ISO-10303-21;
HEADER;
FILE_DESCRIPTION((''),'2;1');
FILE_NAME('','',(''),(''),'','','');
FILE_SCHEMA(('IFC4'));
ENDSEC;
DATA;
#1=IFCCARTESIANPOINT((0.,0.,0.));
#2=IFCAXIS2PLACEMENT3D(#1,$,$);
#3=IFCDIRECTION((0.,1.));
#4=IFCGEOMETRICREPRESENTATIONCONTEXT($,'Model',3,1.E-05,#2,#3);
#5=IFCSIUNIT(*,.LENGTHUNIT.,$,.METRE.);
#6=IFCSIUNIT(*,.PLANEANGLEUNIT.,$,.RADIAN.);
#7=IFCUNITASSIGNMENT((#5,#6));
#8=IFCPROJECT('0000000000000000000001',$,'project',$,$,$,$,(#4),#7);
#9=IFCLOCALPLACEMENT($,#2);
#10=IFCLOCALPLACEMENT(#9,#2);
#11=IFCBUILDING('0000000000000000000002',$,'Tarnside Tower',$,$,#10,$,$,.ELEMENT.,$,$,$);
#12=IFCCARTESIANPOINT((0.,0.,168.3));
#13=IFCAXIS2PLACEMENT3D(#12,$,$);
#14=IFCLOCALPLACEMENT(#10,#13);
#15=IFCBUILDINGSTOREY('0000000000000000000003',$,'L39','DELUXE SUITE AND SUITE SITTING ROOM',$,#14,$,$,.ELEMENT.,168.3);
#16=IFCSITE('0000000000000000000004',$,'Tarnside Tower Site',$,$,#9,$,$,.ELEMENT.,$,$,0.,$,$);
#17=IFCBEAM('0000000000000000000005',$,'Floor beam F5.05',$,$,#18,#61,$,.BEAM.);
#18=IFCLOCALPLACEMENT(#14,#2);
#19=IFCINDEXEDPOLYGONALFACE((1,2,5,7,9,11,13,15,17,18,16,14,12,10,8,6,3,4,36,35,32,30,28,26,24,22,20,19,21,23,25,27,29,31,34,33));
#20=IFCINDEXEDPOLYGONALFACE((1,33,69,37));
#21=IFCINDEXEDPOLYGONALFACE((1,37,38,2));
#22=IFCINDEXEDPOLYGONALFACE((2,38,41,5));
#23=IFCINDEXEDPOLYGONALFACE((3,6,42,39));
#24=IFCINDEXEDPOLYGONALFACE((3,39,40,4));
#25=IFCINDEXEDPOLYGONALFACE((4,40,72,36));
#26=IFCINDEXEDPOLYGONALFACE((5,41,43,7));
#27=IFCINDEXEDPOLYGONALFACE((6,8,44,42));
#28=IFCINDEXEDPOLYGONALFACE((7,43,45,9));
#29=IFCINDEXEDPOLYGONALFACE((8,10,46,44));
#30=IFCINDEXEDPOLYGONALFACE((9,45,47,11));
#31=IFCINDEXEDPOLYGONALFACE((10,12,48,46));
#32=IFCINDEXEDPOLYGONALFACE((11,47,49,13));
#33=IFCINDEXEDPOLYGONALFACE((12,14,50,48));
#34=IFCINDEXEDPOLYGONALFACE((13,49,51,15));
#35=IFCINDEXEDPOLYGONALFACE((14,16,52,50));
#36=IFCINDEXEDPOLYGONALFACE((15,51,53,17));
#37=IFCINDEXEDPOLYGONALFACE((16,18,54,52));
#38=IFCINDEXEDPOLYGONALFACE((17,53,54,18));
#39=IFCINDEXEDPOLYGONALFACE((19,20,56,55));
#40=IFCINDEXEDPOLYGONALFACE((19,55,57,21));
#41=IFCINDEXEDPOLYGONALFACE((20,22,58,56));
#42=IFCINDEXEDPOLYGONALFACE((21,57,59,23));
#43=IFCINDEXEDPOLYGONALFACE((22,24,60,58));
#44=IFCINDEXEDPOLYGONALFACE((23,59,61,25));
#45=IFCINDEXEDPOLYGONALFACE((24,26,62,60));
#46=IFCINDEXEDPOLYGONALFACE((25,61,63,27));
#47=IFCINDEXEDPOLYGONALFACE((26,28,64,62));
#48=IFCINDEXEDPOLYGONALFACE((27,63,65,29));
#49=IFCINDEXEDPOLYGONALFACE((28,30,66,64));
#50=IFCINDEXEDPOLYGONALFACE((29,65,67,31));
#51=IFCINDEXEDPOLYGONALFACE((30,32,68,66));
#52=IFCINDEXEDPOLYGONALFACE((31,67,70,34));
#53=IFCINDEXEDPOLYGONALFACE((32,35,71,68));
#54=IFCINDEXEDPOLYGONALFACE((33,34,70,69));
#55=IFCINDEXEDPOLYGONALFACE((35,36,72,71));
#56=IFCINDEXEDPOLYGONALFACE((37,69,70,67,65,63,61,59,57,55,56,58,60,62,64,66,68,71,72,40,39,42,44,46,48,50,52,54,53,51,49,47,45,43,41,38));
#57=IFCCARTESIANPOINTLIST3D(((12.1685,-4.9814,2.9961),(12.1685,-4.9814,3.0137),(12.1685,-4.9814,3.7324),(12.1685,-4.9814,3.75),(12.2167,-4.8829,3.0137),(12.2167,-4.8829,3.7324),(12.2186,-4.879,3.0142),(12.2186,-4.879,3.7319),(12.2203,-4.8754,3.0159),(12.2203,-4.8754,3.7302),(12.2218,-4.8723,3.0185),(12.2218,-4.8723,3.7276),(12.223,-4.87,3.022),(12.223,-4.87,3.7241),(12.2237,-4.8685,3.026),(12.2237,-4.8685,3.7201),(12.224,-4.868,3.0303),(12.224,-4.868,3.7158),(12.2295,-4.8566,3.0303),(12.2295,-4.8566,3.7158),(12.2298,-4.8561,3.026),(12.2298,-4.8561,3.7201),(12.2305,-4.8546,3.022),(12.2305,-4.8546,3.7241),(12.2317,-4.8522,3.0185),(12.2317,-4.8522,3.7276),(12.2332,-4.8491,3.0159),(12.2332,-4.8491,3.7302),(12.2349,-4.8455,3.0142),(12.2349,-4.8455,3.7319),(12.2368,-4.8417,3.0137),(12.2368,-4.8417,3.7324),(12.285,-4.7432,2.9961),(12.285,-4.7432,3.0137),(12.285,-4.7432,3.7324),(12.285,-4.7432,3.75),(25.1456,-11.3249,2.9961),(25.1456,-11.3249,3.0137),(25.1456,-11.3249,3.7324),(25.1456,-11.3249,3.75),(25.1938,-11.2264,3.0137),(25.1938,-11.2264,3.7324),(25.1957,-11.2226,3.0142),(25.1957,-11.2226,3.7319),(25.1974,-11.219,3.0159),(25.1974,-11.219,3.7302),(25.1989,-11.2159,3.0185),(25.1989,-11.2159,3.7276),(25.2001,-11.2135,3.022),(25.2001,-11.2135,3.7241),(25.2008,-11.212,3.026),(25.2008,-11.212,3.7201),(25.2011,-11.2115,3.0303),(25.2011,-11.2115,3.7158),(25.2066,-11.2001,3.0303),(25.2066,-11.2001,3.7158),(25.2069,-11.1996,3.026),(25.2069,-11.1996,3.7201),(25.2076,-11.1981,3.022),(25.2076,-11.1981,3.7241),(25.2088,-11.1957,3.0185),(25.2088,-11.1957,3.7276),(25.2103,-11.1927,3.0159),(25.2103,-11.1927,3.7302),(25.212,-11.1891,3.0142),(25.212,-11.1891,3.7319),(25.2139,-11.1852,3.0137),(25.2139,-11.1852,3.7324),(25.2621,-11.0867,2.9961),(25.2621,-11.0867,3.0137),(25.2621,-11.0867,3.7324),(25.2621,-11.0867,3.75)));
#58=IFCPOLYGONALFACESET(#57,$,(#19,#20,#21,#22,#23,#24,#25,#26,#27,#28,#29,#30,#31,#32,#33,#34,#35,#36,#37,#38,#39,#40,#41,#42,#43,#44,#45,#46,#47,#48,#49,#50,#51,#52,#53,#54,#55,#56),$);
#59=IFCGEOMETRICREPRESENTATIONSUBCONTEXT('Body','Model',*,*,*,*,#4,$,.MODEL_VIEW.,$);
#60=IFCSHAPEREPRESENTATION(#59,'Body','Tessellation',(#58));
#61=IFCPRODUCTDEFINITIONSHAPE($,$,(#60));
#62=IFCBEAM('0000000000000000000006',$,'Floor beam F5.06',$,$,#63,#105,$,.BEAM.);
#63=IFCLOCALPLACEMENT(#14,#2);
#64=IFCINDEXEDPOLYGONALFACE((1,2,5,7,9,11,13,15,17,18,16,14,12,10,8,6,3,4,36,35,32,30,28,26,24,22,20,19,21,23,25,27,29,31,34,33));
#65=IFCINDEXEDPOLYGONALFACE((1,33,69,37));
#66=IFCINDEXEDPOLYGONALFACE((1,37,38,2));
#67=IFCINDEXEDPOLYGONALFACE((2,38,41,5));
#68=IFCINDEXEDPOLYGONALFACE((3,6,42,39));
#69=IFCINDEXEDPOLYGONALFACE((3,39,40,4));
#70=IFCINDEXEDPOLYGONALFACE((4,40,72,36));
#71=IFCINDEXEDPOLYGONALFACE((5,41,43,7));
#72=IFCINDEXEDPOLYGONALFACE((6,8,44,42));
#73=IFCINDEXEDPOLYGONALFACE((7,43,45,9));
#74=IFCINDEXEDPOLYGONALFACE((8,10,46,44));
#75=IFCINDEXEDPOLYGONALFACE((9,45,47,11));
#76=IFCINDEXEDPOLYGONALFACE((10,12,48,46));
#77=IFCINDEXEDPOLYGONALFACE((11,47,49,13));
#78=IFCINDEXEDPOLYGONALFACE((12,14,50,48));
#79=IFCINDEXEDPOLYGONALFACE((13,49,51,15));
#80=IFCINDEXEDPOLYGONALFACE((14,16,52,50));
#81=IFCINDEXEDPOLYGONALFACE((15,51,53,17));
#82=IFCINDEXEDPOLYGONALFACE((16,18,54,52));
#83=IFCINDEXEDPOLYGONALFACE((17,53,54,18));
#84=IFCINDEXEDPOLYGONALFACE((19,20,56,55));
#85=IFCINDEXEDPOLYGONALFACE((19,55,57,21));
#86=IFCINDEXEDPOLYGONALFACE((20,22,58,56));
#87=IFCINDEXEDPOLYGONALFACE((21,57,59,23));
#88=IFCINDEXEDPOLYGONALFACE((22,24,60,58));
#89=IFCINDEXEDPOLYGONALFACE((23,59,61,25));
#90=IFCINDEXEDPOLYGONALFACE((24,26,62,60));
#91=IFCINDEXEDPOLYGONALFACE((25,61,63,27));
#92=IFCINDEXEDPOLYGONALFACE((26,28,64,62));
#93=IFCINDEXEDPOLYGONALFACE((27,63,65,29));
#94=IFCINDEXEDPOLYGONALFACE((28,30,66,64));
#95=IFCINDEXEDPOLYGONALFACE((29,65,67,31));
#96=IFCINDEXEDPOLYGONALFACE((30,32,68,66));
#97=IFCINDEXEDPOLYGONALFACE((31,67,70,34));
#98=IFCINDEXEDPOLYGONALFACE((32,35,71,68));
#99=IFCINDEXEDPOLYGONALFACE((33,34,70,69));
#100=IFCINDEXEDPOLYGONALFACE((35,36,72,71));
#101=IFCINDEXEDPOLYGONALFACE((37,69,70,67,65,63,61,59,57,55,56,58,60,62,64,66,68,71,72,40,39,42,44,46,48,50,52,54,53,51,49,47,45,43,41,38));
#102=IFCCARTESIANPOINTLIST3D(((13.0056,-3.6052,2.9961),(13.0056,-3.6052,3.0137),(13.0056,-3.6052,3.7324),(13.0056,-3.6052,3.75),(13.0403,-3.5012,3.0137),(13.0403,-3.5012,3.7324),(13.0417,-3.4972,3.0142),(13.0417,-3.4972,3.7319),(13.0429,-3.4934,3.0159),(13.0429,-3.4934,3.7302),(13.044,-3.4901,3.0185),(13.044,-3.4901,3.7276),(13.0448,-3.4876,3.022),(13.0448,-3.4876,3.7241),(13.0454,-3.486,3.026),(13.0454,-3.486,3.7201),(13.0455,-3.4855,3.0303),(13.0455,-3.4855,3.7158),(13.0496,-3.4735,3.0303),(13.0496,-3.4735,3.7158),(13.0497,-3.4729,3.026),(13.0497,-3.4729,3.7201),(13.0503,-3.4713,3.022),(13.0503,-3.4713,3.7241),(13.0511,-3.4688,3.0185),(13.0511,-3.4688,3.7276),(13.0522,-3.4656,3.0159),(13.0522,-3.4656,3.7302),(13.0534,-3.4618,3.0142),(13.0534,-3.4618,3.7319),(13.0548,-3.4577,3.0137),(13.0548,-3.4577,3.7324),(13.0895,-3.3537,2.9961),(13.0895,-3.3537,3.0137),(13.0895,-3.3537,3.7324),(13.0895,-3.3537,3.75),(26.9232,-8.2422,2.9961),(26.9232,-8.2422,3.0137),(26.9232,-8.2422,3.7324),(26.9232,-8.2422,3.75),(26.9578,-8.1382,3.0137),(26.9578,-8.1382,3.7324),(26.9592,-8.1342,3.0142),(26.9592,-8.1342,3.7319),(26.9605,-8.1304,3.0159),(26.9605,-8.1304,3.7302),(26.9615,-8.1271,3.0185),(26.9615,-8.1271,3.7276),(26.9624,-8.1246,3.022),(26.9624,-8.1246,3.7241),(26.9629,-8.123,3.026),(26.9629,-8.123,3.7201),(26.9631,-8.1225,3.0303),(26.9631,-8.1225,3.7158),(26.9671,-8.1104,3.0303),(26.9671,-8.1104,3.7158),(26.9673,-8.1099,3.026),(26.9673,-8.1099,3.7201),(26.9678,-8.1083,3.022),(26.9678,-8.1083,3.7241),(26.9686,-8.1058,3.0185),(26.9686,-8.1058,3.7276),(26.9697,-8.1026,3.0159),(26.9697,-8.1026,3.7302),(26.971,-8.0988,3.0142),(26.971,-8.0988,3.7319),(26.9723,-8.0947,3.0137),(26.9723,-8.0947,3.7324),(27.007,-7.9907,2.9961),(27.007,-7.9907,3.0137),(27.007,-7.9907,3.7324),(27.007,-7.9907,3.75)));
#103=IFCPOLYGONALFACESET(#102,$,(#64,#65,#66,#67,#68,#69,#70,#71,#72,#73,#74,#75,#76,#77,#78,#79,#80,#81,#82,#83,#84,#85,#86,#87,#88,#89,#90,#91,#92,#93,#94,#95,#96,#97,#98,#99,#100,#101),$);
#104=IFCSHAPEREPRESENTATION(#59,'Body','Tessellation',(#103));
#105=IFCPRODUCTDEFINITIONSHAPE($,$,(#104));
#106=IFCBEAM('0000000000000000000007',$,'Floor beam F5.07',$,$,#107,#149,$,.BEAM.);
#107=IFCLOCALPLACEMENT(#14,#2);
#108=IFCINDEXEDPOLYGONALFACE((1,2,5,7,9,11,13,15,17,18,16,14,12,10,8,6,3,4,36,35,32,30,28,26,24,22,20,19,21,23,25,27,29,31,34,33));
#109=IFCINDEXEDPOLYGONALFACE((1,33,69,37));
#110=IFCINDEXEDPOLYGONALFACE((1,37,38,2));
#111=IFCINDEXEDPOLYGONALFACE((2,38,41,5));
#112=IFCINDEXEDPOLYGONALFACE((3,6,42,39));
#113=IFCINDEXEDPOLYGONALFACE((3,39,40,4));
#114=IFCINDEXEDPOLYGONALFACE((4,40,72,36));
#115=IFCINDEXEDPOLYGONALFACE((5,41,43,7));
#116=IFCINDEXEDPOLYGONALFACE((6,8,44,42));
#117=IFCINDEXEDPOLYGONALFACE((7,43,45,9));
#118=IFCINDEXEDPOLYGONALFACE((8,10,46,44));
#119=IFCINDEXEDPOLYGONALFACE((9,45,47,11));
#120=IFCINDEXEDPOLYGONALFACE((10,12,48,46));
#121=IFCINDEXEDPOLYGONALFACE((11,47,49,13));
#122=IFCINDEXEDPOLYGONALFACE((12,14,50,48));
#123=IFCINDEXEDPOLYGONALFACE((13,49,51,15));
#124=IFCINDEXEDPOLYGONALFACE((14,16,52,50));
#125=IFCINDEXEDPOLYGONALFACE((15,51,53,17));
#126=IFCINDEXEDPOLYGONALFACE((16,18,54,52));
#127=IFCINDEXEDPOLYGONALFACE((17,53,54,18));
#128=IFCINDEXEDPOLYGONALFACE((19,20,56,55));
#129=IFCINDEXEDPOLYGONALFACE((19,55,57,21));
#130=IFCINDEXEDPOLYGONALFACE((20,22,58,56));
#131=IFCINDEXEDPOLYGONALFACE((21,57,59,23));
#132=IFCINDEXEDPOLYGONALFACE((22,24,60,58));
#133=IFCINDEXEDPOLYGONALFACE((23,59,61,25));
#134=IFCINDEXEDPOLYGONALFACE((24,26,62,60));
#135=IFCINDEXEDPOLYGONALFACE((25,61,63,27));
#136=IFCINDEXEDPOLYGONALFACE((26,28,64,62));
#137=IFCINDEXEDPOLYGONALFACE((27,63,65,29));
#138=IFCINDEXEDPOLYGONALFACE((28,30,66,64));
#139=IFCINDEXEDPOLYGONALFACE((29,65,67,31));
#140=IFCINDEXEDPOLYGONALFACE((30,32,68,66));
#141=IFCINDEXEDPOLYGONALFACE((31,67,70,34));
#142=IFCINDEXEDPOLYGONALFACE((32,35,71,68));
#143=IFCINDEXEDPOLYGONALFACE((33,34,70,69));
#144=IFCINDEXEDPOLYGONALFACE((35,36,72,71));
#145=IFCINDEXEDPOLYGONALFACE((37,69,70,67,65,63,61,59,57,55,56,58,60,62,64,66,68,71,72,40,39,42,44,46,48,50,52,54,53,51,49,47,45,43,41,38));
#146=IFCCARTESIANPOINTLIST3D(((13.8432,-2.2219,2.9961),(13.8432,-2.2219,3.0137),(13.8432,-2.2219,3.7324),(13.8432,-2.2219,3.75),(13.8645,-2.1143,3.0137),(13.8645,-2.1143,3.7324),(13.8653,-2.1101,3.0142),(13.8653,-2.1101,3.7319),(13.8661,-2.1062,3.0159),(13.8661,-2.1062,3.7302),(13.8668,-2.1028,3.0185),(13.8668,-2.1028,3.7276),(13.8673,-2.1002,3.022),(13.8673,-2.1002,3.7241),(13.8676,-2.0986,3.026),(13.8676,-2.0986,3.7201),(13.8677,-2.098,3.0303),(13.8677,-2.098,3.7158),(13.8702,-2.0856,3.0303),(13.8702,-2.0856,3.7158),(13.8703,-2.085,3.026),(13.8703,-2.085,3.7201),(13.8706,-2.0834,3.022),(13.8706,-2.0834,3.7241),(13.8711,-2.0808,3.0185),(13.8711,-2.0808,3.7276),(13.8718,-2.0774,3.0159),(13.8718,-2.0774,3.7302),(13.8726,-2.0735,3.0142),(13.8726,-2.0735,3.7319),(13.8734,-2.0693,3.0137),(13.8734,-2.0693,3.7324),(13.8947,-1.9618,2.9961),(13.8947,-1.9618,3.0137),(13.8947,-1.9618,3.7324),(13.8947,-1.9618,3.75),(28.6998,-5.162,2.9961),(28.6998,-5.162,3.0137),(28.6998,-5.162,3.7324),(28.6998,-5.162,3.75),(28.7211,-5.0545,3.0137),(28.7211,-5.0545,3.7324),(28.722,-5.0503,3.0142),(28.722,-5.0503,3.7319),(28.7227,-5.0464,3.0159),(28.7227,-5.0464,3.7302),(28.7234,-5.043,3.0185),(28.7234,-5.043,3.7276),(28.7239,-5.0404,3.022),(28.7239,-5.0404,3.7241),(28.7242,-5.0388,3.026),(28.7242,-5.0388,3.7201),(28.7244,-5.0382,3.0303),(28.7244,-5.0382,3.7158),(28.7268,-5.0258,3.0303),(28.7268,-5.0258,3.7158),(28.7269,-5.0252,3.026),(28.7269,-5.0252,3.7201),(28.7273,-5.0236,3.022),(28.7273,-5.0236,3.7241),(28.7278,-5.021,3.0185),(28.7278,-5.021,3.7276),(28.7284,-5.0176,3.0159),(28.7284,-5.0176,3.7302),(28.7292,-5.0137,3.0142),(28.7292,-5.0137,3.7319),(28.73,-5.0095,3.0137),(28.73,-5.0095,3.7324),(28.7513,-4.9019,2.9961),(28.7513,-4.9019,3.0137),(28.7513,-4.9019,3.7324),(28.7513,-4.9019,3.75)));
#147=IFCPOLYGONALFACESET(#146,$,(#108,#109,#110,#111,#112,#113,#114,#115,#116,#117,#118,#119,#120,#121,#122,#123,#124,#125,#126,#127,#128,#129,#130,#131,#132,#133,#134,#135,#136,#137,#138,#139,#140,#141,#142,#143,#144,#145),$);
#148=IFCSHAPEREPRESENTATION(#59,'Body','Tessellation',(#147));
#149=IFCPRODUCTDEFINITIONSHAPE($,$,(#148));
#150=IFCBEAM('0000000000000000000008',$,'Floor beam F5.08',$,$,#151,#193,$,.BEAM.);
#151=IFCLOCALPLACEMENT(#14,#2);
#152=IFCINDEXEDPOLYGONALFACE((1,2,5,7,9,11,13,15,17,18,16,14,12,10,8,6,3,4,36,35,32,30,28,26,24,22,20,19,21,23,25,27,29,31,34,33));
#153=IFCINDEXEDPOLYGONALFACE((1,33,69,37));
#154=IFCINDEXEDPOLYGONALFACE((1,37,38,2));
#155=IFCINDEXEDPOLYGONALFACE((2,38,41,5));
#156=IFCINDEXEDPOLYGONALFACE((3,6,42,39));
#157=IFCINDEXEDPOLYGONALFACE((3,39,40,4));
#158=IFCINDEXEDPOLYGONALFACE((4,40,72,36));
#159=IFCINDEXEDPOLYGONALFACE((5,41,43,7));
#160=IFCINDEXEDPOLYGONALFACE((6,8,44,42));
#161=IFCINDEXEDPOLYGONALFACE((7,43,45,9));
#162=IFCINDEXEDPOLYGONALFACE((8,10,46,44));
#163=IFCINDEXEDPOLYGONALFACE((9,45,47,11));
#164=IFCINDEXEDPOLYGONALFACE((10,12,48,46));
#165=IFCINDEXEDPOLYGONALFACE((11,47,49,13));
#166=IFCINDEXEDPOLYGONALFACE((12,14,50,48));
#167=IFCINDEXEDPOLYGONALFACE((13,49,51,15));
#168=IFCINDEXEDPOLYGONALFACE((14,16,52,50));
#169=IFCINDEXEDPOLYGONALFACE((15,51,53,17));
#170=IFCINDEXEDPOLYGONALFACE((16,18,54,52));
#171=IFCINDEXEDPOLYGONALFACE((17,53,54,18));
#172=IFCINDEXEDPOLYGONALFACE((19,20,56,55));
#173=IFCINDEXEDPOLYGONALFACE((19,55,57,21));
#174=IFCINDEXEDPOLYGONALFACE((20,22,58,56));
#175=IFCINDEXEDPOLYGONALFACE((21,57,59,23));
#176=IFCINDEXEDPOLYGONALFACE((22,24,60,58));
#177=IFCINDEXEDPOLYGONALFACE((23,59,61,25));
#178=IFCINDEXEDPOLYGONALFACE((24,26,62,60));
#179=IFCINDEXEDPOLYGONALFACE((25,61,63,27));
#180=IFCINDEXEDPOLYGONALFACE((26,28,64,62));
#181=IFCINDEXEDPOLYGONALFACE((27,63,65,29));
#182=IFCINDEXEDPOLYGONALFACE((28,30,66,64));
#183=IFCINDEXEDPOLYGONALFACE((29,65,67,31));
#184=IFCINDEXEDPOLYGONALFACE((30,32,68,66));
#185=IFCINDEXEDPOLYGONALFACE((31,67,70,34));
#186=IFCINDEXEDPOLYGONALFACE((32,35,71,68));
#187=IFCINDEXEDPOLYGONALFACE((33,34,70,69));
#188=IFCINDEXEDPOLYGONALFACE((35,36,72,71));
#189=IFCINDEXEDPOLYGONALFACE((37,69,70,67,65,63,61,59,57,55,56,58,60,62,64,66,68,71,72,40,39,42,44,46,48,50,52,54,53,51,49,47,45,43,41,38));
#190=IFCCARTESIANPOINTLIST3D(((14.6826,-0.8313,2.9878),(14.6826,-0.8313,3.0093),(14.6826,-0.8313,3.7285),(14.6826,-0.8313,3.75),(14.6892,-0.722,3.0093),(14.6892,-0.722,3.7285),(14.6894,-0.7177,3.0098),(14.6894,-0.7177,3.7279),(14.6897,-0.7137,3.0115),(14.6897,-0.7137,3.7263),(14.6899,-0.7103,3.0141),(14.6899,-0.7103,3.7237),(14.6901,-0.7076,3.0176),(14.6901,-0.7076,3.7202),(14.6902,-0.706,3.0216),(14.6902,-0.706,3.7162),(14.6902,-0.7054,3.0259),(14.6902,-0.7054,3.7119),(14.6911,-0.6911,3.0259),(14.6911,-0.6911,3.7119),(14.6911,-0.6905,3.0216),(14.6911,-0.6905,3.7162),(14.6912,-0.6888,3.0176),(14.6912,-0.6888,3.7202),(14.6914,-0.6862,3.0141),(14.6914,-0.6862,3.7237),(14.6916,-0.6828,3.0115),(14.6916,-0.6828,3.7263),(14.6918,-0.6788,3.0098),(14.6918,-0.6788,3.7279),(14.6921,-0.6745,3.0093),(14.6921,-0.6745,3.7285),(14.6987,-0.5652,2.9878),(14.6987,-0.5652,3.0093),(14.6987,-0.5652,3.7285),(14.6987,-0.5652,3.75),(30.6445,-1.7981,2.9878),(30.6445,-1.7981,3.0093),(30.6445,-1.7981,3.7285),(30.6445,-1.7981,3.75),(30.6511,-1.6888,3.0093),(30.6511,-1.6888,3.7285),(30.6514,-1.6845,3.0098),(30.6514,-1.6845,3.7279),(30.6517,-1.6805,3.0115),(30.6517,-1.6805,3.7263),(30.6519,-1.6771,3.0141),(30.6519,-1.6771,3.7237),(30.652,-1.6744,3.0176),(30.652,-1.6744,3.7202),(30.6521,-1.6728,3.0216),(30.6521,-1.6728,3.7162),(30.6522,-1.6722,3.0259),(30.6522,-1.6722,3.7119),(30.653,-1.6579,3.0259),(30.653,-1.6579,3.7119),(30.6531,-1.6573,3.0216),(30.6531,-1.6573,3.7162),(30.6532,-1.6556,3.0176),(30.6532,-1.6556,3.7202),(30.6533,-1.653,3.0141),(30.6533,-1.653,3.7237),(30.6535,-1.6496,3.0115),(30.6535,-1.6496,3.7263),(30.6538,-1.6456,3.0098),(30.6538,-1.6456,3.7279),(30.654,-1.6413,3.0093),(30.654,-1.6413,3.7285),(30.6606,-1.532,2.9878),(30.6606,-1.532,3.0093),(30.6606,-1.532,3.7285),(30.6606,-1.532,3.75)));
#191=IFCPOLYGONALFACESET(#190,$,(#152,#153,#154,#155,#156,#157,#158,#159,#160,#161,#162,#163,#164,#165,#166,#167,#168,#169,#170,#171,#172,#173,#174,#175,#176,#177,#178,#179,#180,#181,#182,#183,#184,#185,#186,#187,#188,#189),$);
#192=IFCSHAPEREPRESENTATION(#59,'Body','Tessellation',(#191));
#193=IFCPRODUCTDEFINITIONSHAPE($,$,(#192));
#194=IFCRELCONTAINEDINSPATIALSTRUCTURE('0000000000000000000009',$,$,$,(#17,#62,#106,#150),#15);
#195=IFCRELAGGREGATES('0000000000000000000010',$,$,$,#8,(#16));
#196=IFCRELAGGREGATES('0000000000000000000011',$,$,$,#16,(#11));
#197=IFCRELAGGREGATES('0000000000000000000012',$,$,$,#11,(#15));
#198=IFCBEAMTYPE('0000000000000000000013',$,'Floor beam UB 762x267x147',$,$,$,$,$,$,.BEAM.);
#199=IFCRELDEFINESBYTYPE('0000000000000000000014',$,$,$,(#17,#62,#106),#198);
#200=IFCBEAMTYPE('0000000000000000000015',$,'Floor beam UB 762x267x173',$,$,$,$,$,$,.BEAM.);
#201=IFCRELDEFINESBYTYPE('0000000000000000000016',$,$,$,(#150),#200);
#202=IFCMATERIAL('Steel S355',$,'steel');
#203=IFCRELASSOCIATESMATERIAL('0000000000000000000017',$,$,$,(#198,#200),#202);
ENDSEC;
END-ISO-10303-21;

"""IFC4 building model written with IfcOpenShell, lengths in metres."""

from ifc_helpers import new_model, si_unit, direction, frame, origin, origin_2d, place, context, subcontext, project, spatial, i_section, extrude, material, material_profile, profile_set, type_object, element, save


model = new_model("IFC4")

# Units and contexts
model_context = context("Model", 3, precision=1e-05, world=origin(), true_north=direction((0.0, 1.0)))
body_context = subcontext(model_context, "Body", "Model", "MODEL_VIEW")
ifc_project = project(units=[si_unit("LENGTHUNIT", "METRE"), si_unit("PLANEANGLEUNIT", "RADIAN")], contexts=[model_context])

# Site, building, storey
site_placement = place(None, origin())
site = spatial("IfcSite", under=ifc_project, at=site_placement, Name="Tarnside Tower Site", CompositionType="ELEMENT", RefElevation=0.0)
building_placement = place(site_placement, origin())
building = spatial("IfcBuilding", under=site, at=building_placement, Name="Tarnside Tower", CompositionType="ELEMENT")
storey_placement = place(building_placement, frame((0.0, 0.0, 168.3)))
storey = spatial("IfcBuildingStorey", under=building, at=storey_placement, Name="L39", Description="DELUXE SUITE AND SUITE SITTING ROOM", CompositionType="ELEMENT", Elevation=168.3)

# Beams
ifc_material_1 = material(Name="Steel S355", Category="steel")
ifc_material_profile_1 = material_profile(ifc_material_1, i_section(OverallWidth=0.2651, OverallDepth=0.7539, WebThickness=0.0127, FlangeThickness=0.0176, FilletRadius=0.0166, at=origin_2d()), Name="UB 762x267x147")
ifc_profile_set_1 = profile_set([ifc_material_profile_1], Name="Steel S355")
beam_type_1 = type_object("IfcBeamType", Name="Floor beam UB 762x267x147", PredefinedType="BEAM", material=ifc_profile_set_1)
beam_1_placement = place(storey_placement, frame((25.2039, -11.2058, 3.373), z_axis=(-0.898407, 0.439164, 0.0), x_axis=(-0.439164, -0.898407, 0.0)))
element("IfcBeam", 1, at=beam_1_placement, inside=storey, type_object=beam_type_1, Name="Floor beam F5.05", PredefinedType="BEAM", context=body_context, shape_type="SweptSolid", body=[
    extrude(i_section(OverallWidth=0.2651, OverallDepth=0.7539, WebThickness=0.0127, FlangeThickness=0.0176, FilletRadius=0.0166, at=origin_2d()), origin(), (0.0, 0.0, 1.0), 14.4446),
])
beam_2_placement = place(storey_placement, frame((26.9651, -8.1165, 3.373), z_axis=(-0.948728, 0.316093, 0.0), x_axis=(-0.316093, -0.948728, 0.0)))
element("IfcBeam", 2, at=beam_2_placement, inside=storey, type_object=beam_type_1, Name="Floor beam F5.06", PredefinedType="BEAM", context=body_context, shape_type="SweptSolid", body=[
    extrude(i_section(OverallWidth=0.2651, OverallDepth=0.7539, WebThickness=0.0127, FlangeThickness=0.0176, FilletRadius=0.0166, at=origin_2d()), origin(), (0.0, 0.0, 1.0), 14.6697),
])
beam_3_placement = place(storey_placement, frame((28.7256, -5.032, 3.373), z_axis=(-0.980974, 0.194138, 0.0), x_axis=(-0.194138, -0.980974, 0.0)))
element("IfcBeam", 3, at=beam_3_placement, inside=storey, type_object=beam_type_1, Name="Floor beam F5.07", PredefinedType="BEAM", context=body_context, shape_type="SweptSolid", body=[
    extrude(i_section(OverallWidth=0.2651, OverallDepth=0.7539, WebThickness=0.0127, FlangeThickness=0.0176, FilletRadius=0.0166, at=origin_2d()), origin(), (0.0, 0.0, 1.0), 15.1448),
])
ifc_material_profile_2 = material_profile(ifc_material_1, i_section(OverallWidth=0.2666, OverallDepth=0.7622, WebThickness=0.0144, FlangeThickness=0.0215, FilletRadius=0.0166, at=origin_2d()), Name="UB 762x267x173")
ifc_profile_set_2 = profile_set([ifc_material_profile_2], Name="Steel S355")
beam_type_2 = type_object("IfcBeamType", Name="Floor beam UB 762x267x173", PredefinedType="BEAM", material=ifc_profile_set_2)
beam_4_placement = place(storey_placement, frame((30.6526, -1.665, 3.3689), z_axis=(-0.998171, 0.060458, 0.0), x_axis=(-0.060458, -0.998171, 0.0)))
element("IfcBeam", 4, at=beam_4_placement, inside=storey, type_object=beam_type_2, Name="Floor beam F5.08", PredefinedType="BEAM", context=body_context, shape_type="SweptSolid", body=[
    extrude(i_section(OverallWidth=0.2666, OverallDepth=0.7622, WebThickness=0.0144, FlangeThickness=0.0215, FilletRadius=0.0166, at=origin_2d()), origin(), (0.0, 0.0, 1.0), 15.9912),
])

save(model, "model.ifc")
